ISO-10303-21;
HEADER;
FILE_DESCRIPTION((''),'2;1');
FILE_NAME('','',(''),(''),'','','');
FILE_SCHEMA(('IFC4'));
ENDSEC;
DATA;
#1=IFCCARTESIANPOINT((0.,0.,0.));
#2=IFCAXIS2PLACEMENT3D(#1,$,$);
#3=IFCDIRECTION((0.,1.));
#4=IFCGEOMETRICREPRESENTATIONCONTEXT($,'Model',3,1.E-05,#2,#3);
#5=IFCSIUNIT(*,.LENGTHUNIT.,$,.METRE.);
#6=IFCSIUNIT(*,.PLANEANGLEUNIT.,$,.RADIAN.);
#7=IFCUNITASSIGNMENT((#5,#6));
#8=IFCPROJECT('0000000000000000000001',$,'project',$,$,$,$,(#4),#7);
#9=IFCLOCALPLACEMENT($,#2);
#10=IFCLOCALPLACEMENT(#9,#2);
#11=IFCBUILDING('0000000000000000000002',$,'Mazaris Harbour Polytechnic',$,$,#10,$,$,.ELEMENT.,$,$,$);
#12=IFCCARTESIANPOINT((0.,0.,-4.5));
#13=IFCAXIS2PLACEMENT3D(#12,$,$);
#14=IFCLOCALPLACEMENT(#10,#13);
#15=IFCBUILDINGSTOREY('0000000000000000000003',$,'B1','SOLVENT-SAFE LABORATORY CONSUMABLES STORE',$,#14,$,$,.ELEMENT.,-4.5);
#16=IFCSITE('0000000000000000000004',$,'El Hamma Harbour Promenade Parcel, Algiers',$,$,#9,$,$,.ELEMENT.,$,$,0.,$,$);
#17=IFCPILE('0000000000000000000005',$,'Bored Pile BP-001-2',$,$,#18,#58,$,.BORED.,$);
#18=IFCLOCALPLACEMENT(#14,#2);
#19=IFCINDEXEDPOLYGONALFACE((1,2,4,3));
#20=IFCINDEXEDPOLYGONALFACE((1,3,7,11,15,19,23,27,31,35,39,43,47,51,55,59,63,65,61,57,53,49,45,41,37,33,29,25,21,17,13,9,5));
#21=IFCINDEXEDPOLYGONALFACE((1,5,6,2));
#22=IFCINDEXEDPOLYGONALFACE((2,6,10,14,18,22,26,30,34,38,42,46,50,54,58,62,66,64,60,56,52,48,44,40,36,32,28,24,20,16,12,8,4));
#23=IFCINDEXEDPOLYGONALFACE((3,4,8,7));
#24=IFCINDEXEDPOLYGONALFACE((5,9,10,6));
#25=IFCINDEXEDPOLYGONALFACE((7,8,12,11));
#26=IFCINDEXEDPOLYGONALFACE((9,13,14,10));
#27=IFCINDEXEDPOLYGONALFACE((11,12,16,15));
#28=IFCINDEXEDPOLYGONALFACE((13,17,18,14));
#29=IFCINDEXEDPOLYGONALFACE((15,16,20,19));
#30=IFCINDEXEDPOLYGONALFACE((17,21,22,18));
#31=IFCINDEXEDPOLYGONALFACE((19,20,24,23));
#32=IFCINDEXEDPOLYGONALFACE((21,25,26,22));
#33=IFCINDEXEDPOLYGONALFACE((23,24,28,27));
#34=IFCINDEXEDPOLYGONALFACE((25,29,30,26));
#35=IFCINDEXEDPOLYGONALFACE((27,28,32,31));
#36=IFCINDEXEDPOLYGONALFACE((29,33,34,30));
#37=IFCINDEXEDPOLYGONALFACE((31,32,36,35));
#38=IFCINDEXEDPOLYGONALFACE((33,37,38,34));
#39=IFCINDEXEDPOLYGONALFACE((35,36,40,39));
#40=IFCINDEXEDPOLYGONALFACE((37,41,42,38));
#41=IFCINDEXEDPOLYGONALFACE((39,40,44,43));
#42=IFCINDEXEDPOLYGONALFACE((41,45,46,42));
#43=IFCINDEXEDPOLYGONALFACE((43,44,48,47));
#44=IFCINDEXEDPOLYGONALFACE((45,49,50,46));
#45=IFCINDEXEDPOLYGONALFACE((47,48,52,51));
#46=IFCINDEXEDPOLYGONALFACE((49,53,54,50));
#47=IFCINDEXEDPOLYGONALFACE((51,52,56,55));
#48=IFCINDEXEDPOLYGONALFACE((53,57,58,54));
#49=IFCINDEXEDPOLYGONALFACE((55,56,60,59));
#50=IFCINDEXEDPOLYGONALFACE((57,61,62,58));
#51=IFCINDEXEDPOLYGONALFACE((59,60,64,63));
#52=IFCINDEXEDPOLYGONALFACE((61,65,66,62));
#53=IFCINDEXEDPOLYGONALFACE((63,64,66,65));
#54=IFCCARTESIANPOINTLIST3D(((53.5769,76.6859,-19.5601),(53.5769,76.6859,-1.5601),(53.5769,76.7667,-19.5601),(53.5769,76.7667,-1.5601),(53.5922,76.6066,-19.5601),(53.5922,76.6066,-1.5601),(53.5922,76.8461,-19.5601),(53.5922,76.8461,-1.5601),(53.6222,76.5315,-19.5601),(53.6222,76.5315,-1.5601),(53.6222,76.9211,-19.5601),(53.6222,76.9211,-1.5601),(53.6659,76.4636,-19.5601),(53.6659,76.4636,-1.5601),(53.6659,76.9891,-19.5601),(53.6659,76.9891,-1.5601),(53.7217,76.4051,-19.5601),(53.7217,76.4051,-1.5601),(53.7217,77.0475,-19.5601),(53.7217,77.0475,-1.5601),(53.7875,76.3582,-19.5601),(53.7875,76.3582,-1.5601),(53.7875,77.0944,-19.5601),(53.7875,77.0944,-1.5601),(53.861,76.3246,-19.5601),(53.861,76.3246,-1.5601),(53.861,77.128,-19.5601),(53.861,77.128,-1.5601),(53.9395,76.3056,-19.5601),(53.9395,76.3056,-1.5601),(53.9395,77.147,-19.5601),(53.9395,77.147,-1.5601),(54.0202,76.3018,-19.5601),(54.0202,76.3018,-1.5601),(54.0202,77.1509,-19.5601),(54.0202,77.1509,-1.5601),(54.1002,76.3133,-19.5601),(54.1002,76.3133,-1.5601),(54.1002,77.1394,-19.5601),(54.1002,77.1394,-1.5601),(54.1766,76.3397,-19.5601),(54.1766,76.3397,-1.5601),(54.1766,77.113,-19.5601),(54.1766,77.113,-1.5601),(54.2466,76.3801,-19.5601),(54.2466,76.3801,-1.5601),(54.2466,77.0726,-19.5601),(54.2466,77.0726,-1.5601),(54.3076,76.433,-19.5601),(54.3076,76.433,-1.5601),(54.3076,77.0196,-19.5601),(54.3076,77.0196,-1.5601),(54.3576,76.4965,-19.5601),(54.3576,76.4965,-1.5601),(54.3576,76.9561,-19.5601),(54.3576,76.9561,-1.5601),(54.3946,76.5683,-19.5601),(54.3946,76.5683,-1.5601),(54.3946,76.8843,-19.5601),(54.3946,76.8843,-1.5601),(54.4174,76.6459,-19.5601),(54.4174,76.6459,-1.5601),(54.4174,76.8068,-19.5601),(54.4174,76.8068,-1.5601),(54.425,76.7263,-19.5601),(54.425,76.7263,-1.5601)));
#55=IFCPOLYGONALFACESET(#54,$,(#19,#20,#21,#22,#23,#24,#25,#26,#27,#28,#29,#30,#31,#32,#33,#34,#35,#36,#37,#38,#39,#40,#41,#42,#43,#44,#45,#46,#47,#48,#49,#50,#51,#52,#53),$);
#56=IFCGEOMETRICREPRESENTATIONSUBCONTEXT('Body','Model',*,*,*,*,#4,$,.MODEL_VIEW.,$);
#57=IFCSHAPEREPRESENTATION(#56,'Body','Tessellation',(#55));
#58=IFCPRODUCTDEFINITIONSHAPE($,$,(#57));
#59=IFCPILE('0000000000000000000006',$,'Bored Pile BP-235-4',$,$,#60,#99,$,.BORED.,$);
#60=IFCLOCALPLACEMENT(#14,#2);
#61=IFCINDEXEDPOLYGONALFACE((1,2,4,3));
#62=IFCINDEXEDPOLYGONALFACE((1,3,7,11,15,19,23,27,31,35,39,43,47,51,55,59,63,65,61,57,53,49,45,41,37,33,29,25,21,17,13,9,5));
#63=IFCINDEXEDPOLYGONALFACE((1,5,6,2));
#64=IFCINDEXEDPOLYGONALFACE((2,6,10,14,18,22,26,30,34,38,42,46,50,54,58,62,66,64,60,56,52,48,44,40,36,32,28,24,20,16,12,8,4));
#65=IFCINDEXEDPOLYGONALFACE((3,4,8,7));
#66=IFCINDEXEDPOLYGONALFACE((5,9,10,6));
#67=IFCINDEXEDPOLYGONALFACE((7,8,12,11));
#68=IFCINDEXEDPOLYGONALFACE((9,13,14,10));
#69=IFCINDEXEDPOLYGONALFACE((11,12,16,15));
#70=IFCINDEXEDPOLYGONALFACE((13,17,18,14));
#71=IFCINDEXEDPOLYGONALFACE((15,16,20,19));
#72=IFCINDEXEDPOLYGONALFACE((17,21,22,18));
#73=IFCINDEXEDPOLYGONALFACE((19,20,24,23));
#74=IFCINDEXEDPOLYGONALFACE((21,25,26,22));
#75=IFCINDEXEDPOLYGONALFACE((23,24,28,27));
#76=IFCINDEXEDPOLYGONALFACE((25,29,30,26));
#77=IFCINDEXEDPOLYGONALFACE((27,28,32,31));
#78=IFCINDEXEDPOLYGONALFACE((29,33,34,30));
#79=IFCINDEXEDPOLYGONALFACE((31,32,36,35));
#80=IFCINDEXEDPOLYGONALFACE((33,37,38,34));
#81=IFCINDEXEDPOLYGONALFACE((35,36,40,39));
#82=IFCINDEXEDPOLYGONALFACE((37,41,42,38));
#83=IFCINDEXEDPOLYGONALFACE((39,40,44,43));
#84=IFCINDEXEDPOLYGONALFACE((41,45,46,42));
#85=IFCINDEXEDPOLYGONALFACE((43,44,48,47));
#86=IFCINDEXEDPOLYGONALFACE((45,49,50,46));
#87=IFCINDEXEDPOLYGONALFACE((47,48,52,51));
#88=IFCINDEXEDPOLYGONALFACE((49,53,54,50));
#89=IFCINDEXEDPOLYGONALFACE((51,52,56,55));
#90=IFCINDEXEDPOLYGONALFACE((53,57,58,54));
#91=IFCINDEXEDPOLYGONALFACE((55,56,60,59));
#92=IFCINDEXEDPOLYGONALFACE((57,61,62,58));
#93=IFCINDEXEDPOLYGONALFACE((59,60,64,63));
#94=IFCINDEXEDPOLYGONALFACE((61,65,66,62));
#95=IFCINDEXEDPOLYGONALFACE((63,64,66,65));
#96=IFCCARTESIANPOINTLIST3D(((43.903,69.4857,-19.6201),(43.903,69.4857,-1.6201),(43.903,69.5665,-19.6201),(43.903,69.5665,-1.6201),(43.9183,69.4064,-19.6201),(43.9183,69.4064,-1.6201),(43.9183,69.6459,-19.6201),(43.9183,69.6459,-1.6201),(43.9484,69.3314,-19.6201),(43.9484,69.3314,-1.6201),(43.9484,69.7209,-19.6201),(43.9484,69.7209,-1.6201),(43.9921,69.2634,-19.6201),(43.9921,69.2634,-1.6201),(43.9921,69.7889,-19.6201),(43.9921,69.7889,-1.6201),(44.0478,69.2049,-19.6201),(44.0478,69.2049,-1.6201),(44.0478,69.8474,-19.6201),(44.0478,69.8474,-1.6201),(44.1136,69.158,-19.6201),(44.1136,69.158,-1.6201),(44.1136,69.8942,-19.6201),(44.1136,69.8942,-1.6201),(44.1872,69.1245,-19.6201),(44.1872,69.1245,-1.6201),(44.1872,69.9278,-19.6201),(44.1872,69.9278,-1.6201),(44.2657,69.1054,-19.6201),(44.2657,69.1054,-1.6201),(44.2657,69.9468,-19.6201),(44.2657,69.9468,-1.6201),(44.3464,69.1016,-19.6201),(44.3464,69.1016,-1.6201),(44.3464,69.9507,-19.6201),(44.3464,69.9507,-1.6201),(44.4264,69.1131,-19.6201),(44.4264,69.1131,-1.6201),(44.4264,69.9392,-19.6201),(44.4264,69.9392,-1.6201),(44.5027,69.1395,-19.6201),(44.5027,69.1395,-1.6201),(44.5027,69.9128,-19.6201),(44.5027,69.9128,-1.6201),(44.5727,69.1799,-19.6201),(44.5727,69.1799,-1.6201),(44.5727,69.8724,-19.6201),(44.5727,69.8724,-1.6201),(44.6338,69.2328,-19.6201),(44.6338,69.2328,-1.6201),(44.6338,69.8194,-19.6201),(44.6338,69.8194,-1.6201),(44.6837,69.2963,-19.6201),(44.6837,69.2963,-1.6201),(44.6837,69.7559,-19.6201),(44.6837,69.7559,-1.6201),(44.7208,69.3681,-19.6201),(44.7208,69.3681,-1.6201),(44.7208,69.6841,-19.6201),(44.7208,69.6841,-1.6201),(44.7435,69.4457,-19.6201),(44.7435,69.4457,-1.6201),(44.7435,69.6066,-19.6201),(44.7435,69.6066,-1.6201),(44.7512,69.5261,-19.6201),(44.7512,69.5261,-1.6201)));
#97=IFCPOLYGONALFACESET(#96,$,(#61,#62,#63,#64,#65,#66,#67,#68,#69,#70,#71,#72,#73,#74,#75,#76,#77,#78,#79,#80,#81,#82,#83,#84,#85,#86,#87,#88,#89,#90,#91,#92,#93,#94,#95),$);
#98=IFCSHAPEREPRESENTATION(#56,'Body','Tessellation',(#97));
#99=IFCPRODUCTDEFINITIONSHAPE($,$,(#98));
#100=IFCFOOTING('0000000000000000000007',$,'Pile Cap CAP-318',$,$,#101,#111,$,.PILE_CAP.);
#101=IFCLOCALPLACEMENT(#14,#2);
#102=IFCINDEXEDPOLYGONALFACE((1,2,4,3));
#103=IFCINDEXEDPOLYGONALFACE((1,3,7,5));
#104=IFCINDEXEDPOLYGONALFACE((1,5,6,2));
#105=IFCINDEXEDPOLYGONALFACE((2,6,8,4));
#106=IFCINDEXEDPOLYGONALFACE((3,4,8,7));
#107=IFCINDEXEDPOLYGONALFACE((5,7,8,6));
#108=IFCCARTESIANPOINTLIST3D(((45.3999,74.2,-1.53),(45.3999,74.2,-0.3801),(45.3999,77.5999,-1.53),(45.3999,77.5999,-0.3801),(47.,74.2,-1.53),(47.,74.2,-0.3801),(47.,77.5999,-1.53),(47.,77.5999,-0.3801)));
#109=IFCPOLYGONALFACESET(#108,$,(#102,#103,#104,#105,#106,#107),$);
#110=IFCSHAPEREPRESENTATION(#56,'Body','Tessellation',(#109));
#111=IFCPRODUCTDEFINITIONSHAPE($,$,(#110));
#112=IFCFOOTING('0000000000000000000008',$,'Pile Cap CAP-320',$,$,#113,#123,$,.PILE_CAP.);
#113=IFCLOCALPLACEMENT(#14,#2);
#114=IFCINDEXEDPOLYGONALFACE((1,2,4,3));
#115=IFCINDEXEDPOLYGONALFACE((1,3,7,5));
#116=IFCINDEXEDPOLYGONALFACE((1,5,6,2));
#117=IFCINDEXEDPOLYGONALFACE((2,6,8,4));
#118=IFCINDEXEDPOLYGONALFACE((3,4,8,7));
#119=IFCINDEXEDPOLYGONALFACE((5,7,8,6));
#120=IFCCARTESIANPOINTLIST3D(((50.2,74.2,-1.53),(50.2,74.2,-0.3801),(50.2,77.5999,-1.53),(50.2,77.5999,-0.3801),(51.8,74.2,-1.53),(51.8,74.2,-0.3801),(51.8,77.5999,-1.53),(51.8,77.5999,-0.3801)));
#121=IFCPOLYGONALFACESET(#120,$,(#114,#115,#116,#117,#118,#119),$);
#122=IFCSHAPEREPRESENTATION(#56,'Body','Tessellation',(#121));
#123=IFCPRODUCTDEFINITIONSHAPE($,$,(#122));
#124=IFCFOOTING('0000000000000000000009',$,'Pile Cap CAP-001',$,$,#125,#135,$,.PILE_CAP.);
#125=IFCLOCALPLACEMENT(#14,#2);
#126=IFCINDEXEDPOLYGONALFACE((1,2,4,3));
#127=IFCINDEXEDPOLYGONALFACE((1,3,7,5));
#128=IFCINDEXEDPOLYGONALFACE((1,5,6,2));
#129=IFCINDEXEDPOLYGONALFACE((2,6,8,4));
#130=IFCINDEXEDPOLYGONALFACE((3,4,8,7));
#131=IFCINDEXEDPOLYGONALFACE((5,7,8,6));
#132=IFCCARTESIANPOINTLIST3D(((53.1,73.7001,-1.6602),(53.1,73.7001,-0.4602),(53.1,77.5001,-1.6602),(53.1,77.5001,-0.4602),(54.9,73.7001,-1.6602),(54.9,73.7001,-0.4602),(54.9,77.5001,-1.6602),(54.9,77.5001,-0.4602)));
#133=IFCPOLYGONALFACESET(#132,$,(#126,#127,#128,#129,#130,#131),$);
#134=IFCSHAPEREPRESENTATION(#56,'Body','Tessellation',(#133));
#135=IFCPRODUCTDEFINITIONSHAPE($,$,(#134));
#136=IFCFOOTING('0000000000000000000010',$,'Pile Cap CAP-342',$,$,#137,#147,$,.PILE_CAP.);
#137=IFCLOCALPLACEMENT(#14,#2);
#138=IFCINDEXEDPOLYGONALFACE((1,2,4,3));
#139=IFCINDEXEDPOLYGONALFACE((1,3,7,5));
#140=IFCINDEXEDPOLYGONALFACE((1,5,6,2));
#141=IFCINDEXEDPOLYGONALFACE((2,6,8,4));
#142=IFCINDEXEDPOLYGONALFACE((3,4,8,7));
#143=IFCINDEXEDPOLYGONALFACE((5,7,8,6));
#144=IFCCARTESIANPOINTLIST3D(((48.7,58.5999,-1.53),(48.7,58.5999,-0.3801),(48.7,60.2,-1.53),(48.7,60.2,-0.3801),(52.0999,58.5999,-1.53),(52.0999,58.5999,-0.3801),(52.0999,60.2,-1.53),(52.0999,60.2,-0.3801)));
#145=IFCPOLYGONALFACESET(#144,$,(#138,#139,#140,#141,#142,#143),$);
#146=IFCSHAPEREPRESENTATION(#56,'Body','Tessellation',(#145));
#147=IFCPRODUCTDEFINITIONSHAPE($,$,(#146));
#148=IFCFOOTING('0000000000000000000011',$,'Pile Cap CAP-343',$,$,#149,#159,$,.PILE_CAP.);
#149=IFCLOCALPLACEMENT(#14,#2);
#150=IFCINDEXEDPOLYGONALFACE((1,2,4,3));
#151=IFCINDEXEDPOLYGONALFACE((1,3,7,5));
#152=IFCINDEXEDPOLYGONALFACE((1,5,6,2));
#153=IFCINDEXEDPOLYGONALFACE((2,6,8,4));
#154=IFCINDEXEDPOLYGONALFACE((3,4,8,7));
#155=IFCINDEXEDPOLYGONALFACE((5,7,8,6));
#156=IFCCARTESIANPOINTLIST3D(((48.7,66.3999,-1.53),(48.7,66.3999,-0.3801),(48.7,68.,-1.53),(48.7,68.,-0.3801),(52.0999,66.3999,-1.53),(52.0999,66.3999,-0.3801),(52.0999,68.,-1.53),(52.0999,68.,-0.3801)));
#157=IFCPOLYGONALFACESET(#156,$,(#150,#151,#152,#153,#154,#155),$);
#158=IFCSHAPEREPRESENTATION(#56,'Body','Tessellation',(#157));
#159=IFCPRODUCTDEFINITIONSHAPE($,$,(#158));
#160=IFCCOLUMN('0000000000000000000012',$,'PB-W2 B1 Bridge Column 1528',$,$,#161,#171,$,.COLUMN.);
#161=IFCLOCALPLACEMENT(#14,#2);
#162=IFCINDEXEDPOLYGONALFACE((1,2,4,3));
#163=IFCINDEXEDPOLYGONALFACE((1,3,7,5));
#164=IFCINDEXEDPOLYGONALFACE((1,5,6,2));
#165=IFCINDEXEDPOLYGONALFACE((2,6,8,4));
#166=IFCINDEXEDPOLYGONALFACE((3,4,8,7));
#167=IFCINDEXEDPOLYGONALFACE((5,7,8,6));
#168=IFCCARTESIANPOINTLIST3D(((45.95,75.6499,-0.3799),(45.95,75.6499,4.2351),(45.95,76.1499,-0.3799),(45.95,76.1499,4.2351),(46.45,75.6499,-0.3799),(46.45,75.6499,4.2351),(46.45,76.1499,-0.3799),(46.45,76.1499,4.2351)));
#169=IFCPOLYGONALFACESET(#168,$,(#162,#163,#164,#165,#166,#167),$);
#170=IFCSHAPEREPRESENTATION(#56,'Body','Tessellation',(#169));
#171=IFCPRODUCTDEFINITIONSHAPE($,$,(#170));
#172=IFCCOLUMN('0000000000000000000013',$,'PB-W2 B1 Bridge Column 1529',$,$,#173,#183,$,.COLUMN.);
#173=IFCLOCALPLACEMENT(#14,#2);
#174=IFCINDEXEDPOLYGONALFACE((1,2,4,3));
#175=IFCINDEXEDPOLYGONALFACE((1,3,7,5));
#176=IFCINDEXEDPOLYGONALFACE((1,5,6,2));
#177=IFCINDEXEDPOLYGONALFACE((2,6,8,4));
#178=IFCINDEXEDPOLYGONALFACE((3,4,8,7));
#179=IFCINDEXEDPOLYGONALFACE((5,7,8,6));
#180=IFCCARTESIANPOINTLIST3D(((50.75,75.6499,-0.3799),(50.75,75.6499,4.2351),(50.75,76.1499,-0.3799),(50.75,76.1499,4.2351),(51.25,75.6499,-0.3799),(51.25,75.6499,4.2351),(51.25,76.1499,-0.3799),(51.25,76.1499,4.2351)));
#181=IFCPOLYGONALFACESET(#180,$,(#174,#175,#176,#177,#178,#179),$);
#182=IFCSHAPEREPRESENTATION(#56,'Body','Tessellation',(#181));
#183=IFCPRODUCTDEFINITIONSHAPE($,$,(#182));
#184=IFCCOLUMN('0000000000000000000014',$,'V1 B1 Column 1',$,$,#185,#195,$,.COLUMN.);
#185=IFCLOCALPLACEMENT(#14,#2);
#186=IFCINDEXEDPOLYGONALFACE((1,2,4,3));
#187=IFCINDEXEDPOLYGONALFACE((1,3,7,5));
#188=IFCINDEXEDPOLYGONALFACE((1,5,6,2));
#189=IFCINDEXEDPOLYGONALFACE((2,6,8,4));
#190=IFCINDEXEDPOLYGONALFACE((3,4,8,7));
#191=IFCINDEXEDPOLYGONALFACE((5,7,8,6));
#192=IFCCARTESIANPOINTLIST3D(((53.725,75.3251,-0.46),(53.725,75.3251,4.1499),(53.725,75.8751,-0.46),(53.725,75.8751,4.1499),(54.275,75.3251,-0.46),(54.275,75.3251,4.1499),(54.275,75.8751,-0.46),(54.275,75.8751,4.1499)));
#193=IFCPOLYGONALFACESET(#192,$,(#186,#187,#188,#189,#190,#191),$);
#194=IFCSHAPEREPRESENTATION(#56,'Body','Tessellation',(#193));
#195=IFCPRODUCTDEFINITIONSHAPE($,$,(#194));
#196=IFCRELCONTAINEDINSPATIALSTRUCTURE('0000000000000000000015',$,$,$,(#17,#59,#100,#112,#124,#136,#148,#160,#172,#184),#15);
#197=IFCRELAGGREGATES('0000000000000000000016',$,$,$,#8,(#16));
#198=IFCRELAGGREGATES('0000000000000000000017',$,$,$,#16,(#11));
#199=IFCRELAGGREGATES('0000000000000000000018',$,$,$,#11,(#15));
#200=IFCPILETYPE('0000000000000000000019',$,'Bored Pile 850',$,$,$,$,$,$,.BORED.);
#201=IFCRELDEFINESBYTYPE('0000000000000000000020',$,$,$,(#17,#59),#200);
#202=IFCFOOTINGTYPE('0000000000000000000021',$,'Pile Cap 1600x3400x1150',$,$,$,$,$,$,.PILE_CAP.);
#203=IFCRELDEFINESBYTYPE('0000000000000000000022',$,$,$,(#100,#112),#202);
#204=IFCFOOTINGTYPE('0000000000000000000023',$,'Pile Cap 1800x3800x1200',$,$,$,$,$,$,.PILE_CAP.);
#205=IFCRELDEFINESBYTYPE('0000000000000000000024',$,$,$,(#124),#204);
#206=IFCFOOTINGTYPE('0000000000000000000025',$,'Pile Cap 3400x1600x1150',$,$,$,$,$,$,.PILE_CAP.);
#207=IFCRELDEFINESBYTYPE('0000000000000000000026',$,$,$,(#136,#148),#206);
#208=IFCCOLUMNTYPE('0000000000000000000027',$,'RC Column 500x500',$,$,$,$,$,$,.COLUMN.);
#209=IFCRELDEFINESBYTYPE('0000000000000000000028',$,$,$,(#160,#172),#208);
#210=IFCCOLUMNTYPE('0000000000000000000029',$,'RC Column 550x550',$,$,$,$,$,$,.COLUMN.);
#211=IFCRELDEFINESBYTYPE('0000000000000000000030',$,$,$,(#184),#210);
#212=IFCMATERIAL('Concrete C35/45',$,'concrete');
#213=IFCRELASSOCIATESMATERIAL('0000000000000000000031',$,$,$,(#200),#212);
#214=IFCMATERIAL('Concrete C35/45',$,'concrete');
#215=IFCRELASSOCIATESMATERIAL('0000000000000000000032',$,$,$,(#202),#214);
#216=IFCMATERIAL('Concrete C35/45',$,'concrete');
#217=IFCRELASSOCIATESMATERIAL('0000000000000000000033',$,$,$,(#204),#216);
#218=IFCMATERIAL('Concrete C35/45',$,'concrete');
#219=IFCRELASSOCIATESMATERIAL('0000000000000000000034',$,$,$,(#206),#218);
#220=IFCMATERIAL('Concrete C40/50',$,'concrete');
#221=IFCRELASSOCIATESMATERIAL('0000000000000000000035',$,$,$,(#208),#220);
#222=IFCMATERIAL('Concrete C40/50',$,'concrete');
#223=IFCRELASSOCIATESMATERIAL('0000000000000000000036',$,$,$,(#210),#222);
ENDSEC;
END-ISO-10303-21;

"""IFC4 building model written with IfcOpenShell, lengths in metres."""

from ifc_helpers import new_model, si_unit, direction, frame, origin, origin_2d, place, context, subcontext, project, spatial, rectangle, circle, extrude, material, material_profile, profile_set, type_object, element, save


model = new_model("IFC4")

# Units and contexts
model_context = context("Model", 3, precision=1e-05, world=origin(), true_north=direction((0.0, 1.0)))
body_context = subcontext(model_context, "Body", "Model", "MODEL_VIEW")
ifc_project = project(units=[si_unit("LENGTHUNIT", "METRE"), si_unit("PLANEANGLEUNIT", "RADIAN")], contexts=[model_context])

# Site, building, storey
site_placement = place(None, origin())
site = spatial("IfcSite", under=ifc_project, at=site_placement, Name="El Hamma Harbour Promenade Parcel, Algiers", CompositionType="ELEMENT", RefElevation=0.0)
building_placement = place(site_placement, origin())
building = spatial("IfcBuilding", under=site, at=building_placement, Name="Mazaris Harbour Polytechnic", CompositionType="ELEMENT")
storey_placement = place(building_placement, frame((0.0, 0.0, -4.5)))
storey = spatial("IfcBuildingStorey", under=building, at=storey_placement, Name="B1", Description="SOLVENT-SAFE LABORATORY CONSUMABLES STORE", CompositionType="ELEMENT", Elevation=-4.5)

# Piles
ifc_material_1 = material(Name="Concrete C35/45", Category="concrete")
ifc_material_profile_1 = material_profile(ifc_material_1, circle(Radius=0.425, at=origin_2d()), Name="DIA850")
ifc_profile_set_1 = profile_set([ifc_material_profile_1], Name="Concrete C35/45")
pile_type_1 = type_object("IfcPileType", Name="Bored Pile 850", PredefinedType="BORED", material=ifc_profile_set_1)
for number, where, z_axis, x_axis, name in (
    (1, (54.0, 76.7263, -1.5601), (0.0, 0.0, -1.0), (1.0, 0.0, 0.0), "Bored Pile BP-001-2"),
    (2, (44.3262, 69.5261, -1.6201), (0.0, 0.0, -1.0), (1.0, 0.0, 0.0), "Bored Pile BP-235-4"),
):
    element("IfcPile", number, at=place(storey_placement, frame(where, z_axis=z_axis, x_axis=x_axis)), inside=storey, type_object=pile_type_1, Name=name, PredefinedType="BORED", context=body_context, shape_type="SweptSolid", body=[
        extrude(circle(Radius=0.425, at=origin_2d()), origin(), (0.0, 0.0, 1.0), 18.0),
    ])

# Footings
ifc_material_2 = material(Name="Concrete C35/45", Category="concrete")
footing_type_1 = type_object("IfcFootingType", Name="Pile Cap 1600x3400x1150", PredefinedType="PILE_CAP", material=ifc_material_2)
for number, where, z_axis, x_axis, name in (
    (3, (46.2, 75.8999, -1.53), (0.0, 0.0, 1.0), (1.0, 0.0, 0.0), "Pile Cap CAP-318"),
    (4, (51.0, 75.8999, -1.53), (0.0, 0.0, 1.0), (1.0, 0.0, 0.0), "Pile Cap CAP-320"),
):
    element("IfcFooting", number, at=place(storey_placement, frame(where, z_axis=z_axis, x_axis=x_axis)), inside=storey, type_object=footing_type_1, Name=name, PredefinedType="PILE_CAP", context=body_context, shape_type="SweptSolid", body=[
        extrude(rectangle(XDim=1.6001, YDim=3.3999, at=origin_2d()), origin(), (0.0, 0.0, 1.0), 1.1499),
    ])
ifc_material_3 = material(Name="Concrete C35/45", Category="concrete")
footing_type_2 = type_object("IfcFootingType", Name="Pile Cap 1800x3800x1200", PredefinedType="PILE_CAP", material=ifc_material_3)
footing_placement = place(storey_placement, frame((54.0, 75.6001, -1.6602), z_axis=(0.0, 0.0, 1.0), x_axis=(1.0, 0.0, 0.0)))
element("IfcFooting", 5, at=footing_placement, inside=storey, type_object=footing_type_2, Name="Pile Cap CAP-001", PredefinedType="PILE_CAP", context=body_context, shape_type="SweptSolid", body=[
    extrude(rectangle(XDim=1.8, YDim=3.8, at=origin_2d()), origin(), (0.0, 0.0, 1.0), 1.2),
])
ifc_material_4 = material(Name="Concrete C35/45", Category="concrete")
footing_type_3 = type_object("IfcFootingType", Name="Pile Cap 3400x1600x1150", PredefinedType="PILE_CAP", material=ifc_material_4)
for number, where, z_axis, x_axis, name in (
    (6, (50.3999, 59.3999, -1.53), (0.0, 0.0, 1.0), (1.0, 0.0, 0.0), "Pile Cap CAP-342"),
    (7, (50.3999, 67.2, -1.53), (0.0, 0.0, 1.0), (1.0, 0.0, 0.0), "Pile Cap CAP-343"),
):
    element("IfcFooting", number, at=place(storey_placement, frame(where, z_axis=z_axis, x_axis=x_axis)), inside=storey, type_object=footing_type_3, Name=name, PredefinedType="PILE_CAP", context=body_context, shape_type="SweptSolid", body=[
        extrude(rectangle(XDim=3.3999, YDim=1.6001, at=origin_2d()), origin(), (0.0, 0.0, 1.0), 1.1499),
    ])

# Columns
ifc_material_5 = material(Name="Concrete C40/50", Category="concrete")
ifc_material_profile_2 = material_profile(ifc_material_5, rectangle(XDim=0.5, YDim=0.5, at=origin_2d()), Name="RECT500x500")
ifc_profile_set_2 = profile_set([ifc_material_profile_2], Name="Concrete C40/50")
column_type_1 = type_object("IfcColumnType", Name="RC Column 500x500", PredefinedType="COLUMN", material=ifc_profile_set_2)
for number, where, z_axis, x_axis, name in (
    (8, (46.2, 75.8999, -0.3799), (0.0, 0.0, 1.0), (1.0, 0.0, 0.0), "PB-W2 B1 Bridge Column 1528"),
    (9, (51.0, 75.8999, -0.3799), (0.0, 0.0, 1.0), (1.0, 0.0, 0.0), "PB-W2 B1 Bridge Column 1529"),
):
    element("IfcColumn", number, at=place(storey_placement, frame(where, z_axis=z_axis, x_axis=x_axis)), inside=storey, type_object=column_type_1, Name=name, PredefinedType="COLUMN", context=body_context, shape_type="SweptSolid", body=[
        extrude(rectangle(XDim=0.5, YDim=0.5, at=origin_2d()), origin(), (0.0, 0.0, 1.0), 4.615),
    ])
ifc_material_6 = material(Name="Concrete C40/50", Category="concrete")
ifc_material_profile_3 = material_profile(ifc_material_6, rectangle(XDim=0.55, YDim=0.55, at=origin_2d()), Name="RECT550x550")
ifc_profile_set_3 = profile_set([ifc_material_profile_3], Name="Concrete C40/50")
column_type_2 = type_object("IfcColumnType", Name="RC Column 550x550", PredefinedType="COLUMN", material=ifc_profile_set_3)
column_placement = place(storey_placement, frame((54.0, 75.6001, -0.46), z_axis=(0.0, 0.0, 1.0), x_axis=(1.0, 0.0, 0.0)))
element("IfcColumn", 10, at=column_placement, inside=storey, type_object=column_type_2, Name="V1 B1 Column 1", PredefinedType="COLUMN", context=body_context, shape_type="SweptSolid", body=[
    extrude(rectangle(XDim=0.55, YDim=0.55, at=origin_2d()), origin(), (0.0, 0.0, 1.0), 4.6099),
])

save(model, "model.ifc")
